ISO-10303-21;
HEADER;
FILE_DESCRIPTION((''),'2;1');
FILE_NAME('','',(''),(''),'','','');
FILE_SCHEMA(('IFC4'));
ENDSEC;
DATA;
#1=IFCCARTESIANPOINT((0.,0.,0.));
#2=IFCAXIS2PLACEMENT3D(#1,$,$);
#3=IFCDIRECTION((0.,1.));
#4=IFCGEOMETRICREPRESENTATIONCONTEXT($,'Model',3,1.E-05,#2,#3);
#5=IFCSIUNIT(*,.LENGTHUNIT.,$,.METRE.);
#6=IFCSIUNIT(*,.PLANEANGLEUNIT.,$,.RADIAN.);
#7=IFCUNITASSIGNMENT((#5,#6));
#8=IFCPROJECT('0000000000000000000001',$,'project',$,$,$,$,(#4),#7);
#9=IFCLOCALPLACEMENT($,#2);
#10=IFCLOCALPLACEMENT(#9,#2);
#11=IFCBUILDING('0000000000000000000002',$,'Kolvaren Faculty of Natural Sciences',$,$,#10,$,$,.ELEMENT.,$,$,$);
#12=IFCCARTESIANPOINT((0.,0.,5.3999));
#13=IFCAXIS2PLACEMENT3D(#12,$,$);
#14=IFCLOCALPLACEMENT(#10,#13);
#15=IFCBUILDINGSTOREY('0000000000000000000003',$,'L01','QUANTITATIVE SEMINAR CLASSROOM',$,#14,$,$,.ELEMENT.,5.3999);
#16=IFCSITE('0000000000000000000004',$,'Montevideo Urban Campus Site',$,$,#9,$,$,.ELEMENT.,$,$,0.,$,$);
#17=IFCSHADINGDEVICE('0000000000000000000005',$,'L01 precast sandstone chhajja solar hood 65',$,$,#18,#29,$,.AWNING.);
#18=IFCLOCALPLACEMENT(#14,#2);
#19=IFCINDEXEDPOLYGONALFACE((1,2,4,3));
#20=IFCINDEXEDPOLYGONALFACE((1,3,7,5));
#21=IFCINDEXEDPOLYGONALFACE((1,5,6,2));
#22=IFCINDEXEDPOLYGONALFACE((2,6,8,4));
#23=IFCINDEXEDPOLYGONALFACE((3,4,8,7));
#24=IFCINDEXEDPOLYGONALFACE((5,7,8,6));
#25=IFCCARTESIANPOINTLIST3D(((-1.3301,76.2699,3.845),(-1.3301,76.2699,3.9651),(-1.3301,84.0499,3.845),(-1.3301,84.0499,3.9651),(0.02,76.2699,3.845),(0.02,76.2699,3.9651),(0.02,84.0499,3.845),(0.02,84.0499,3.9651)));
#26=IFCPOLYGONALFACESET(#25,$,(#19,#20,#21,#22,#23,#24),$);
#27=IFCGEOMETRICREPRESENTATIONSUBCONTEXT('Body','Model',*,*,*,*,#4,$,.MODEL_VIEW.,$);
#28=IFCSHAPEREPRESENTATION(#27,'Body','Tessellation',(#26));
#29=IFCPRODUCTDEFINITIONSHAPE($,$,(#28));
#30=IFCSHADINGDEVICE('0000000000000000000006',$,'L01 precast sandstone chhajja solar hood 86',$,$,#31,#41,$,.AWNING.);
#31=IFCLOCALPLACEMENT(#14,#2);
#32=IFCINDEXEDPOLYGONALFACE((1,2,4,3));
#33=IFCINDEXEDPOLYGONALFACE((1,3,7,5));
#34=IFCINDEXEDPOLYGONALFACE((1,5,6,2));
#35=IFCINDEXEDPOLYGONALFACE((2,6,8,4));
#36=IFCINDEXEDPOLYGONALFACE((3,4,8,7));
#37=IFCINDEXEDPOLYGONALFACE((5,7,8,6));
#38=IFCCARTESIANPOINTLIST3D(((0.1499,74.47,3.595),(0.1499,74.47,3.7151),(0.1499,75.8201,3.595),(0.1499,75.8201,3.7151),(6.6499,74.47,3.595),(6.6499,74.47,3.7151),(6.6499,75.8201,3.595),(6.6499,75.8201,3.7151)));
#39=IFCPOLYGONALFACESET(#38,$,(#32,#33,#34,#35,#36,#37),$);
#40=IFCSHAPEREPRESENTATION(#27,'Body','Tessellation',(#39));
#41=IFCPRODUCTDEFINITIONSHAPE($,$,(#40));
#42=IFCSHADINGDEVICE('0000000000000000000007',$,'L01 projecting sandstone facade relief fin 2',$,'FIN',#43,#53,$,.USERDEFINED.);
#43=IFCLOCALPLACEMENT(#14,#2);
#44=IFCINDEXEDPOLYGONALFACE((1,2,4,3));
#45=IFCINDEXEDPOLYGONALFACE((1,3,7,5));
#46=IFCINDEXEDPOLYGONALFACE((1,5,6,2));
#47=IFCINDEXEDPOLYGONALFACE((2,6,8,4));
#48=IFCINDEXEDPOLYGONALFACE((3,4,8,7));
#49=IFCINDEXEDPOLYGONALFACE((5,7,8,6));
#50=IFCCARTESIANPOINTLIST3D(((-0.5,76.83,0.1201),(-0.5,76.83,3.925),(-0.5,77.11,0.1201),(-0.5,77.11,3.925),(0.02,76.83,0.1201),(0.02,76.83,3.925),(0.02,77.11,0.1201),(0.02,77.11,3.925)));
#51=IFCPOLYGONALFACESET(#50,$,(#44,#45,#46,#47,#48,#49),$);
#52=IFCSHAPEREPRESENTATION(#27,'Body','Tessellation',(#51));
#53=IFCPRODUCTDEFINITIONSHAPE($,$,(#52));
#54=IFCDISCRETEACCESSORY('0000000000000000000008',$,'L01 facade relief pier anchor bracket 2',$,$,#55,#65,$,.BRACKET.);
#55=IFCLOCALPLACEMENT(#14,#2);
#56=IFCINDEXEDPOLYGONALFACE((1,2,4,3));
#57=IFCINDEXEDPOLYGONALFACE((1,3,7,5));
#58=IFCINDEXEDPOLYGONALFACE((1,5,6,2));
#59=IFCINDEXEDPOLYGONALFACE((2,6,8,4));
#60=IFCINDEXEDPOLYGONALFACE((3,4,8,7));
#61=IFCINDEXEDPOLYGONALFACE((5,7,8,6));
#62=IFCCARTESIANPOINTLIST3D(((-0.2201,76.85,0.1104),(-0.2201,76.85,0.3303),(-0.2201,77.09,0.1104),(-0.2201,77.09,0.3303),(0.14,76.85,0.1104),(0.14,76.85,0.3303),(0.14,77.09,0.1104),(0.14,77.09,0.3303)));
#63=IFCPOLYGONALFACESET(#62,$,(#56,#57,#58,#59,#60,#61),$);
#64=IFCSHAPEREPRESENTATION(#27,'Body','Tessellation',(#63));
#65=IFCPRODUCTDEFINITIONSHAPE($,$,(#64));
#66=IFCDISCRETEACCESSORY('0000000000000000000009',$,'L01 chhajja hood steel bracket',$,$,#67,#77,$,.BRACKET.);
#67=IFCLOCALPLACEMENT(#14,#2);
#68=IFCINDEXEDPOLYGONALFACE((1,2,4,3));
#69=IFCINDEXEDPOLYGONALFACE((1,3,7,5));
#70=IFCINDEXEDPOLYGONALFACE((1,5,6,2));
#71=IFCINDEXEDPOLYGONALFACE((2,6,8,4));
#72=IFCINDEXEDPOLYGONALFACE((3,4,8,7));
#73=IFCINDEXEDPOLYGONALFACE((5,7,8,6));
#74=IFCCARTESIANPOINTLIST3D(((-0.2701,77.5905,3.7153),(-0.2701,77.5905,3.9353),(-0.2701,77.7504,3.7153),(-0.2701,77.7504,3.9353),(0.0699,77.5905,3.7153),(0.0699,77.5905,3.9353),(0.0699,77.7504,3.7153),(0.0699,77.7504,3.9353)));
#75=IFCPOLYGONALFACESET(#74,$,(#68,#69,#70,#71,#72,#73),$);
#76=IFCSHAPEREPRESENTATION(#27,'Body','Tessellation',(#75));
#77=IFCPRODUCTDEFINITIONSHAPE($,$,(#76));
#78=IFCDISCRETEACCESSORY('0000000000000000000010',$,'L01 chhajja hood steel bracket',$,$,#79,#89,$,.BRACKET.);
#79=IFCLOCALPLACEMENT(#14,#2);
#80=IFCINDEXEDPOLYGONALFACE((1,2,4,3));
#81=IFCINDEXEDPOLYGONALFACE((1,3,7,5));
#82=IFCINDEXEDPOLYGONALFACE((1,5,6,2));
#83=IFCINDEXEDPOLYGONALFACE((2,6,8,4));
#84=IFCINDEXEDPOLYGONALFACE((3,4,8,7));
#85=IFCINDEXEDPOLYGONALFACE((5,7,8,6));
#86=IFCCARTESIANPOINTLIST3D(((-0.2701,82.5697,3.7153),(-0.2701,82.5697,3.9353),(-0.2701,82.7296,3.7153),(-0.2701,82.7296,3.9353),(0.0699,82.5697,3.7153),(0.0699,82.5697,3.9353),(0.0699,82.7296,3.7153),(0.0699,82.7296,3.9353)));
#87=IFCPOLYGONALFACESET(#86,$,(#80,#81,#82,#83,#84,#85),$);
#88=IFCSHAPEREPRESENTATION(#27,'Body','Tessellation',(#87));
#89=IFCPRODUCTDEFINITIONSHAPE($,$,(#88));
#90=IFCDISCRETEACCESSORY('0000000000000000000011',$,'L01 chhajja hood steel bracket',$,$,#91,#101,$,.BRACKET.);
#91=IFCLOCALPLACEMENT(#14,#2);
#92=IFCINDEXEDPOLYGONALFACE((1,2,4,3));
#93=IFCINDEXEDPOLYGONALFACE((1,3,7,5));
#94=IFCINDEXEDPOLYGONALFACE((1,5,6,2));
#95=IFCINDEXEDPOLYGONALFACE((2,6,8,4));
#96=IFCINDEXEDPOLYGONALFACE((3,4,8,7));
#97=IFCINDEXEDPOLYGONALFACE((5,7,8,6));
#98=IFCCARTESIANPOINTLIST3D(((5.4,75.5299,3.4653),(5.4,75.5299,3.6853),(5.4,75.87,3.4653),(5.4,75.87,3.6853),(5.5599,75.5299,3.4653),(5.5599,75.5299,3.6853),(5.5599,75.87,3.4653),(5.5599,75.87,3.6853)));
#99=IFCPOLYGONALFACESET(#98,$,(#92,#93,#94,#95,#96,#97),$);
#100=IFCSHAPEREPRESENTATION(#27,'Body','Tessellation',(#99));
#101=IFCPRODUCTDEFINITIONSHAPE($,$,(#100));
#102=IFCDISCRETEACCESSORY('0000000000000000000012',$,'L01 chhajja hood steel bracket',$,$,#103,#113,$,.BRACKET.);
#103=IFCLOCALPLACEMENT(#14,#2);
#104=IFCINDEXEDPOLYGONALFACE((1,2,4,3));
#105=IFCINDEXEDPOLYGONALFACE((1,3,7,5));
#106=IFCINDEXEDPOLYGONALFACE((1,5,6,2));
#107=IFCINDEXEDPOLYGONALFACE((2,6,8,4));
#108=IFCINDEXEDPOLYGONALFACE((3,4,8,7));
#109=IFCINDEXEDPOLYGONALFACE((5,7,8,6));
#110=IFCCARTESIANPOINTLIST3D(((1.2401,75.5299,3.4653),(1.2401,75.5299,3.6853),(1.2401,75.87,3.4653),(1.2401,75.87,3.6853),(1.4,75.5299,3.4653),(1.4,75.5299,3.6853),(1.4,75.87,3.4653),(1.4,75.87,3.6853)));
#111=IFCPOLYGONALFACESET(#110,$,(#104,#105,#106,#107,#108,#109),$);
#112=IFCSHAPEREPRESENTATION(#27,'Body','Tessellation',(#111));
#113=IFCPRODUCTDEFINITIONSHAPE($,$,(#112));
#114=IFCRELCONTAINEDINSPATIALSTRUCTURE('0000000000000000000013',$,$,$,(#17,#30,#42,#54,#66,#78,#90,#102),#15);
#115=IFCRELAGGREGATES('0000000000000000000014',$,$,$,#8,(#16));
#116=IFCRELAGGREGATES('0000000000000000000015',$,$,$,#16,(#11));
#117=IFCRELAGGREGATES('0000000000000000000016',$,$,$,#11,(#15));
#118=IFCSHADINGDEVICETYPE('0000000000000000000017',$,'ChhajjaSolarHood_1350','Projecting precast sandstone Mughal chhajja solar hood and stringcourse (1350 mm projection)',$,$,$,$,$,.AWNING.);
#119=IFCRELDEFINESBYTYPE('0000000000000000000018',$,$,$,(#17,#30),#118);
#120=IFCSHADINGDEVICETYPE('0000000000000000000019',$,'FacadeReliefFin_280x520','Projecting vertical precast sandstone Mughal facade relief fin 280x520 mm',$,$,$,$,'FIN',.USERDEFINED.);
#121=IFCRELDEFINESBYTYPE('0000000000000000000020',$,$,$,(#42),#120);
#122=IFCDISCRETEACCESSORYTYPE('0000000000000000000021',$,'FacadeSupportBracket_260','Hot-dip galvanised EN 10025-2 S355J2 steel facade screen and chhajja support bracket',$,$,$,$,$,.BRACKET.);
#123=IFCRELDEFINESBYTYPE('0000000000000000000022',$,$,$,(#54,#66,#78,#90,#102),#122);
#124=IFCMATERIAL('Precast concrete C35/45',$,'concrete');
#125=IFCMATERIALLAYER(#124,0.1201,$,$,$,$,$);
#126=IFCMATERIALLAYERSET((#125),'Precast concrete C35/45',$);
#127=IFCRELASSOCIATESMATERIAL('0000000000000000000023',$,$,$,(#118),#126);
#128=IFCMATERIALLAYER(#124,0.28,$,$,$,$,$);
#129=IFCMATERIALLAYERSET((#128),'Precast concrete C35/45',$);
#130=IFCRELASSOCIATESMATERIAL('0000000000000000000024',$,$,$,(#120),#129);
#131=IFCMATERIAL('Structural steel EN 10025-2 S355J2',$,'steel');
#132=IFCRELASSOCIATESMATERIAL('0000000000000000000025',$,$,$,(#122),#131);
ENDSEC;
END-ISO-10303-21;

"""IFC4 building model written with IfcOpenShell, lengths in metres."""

from ifc_helpers import new_model, si_unit, direction, frame, origin, origin_2d, place, context, subcontext, project, spatial, rectangle, extrude, material, layer, layer_set, type_object, element, save


model = new_model("IFC4")

# Units and contexts
model_context = context("Model", 3, precision=1e-05, world=origin(), true_north=direction((0.0, 1.0)))
body_context = subcontext(model_context, "Body", "Model", "MODEL_VIEW")
ifc_project = project(units=[si_unit("LENGTHUNIT", "METRE"), si_unit("PLANEANGLEUNIT", "RADIAN")], contexts=[model_context])

# Site, building, storey
site_placement = place(None, origin())
site = spatial("IfcSite", under=ifc_project, at=site_placement, Name="Montevideo Urban Campus Site", CompositionType="ELEMENT", RefElevation=0.0)
building_placement = place(site_placement, origin())
building = spatial("IfcBuilding", under=site, at=building_placement, Name="Kolvaren Faculty of Natural Sciences", CompositionType="ELEMENT")
storey_placement = place(building_placement, frame((0.0, 0.0, 5.3999)))
storey = spatial("IfcBuildingStorey", under=building, at=storey_placement, Name="L01", Description="QUANTITATIVE SEMINAR CLASSROOM", CompositionType="ELEMENT", Elevation=5.3999)

# Shading devices
ifc_material_1 = material(Name="Precast concrete C35/45", Category="concrete")
ifc_layer_1 = layer(ifc_material_1, 0.1201)
ifc_layer_set_1 = layer_set([ifc_layer_1], Name="Precast concrete C35/45")
shading_device_type_1 = type_object("IfcShadingDeviceType", Name="ChhajjaSolarHood_1350", Description="Projecting precast sandstone Mughal chhajja solar hood and stringcourse (1350 mm projection)", PredefinedType="AWNING", material=ifc_layer_set_1)
shading_device_1_placement = place(storey_placement, frame((-0.655, 80.1599, 3.845), z_axis=(0.0, 0.0, 1.0), x_axis=(0.0, 1.0, 0.0)))
element("IfcShadingDevice", 1, at=shading_device_1_placement, inside=storey, type_object=shading_device_type_1, Name="L01 precast sandstone chhajja solar hood 65", PredefinedType="AWNING", context=body_context, shape_type="SweptSolid", body=[
    extrude(rectangle(XDim=7.78, YDim=1.3501, at=origin_2d()), origin(), (0.0, 0.0, 1.0), 0.1201),
])
shading_device_2_placement = place(storey_placement, frame((3.3999, 75.145, 3.595), z_axis=(0.0, 0.0, 1.0), x_axis=(-1.0, 0.0, 0.0)))
element("IfcShadingDevice", 2, at=shading_device_2_placement, inside=storey, type_object=shading_device_type_1, Name="L01 precast sandstone chhajja solar hood 86", PredefinedType="AWNING", context=body_context, shape_type="SweptSolid", body=[
    extrude(rectangle(XDim=6.5, YDim=1.3501, at=origin_2d()), origin(), (0.0, 0.0, 1.0), 0.1201),
])
ifc_layer_2 = layer(ifc_material_1, 0.28)
ifc_layer_set_2 = layer_set([ifc_layer_2], Name="Precast concrete C35/45")
shading_device_type_2 = type_object("IfcShadingDeviceType", Name="FacadeReliefFin_280x520", Description="Projecting vertical precast sandstone Mughal facade relief fin 280x520 mm", ElementType="FIN", PredefinedType="USERDEFINED", material=ifc_layer_set_2)
shading_device_3_placement = place(storey_placement, frame((-0.24, 76.97, 0.1201), z_axis=(0.0, 0.0, 1.0), x_axis=(0.0, 1.0, 0.0)))
element("IfcShadingDevice", 3, at=shading_device_3_placement, inside=storey, type_object=shading_device_type_2, Name="L01 projecting sandstone facade relief fin 2", ObjectType="FIN", PredefinedType="USERDEFINED", context=body_context, shape_type="SweptSolid", body=[
    extrude(rectangle(XDim=0.28, YDim=0.52, at=origin_2d()), origin(), (0.0, 0.0, 1.0), 3.8049),
])

# Discrete accessories
ifc_material_2 = material(Name="Structural steel EN 10025-2 S355J2", Category="steel")
discrete_accessory_type = type_object("IfcDiscreteAccessoryType", Name="FacadeSupportBracket_260", Description="Hot-dip galvanised EN 10025-2 S355J2 steel facade screen and chhajja support bracket", PredefinedType="BRACKET", material=ifc_material_2)
discrete_accessory_placement = place(storey_placement, frame((-0.04, 76.97, 0.1104), z_axis=(0.0, 0.0, 1.0), x_axis=(0.0, 1.0, 0.0)))
element("IfcDiscreteAccessory", 4, at=discrete_accessory_placement, inside=storey, type_object=discrete_accessory_type, Name="L01 facade relief pier anchor bracket 2", PredefinedType="BRACKET", context=body_context, shape_type="SweptSolid", body=[
    extrude(rectangle(XDim=0.24, YDim=0.3601, at=origin_2d()), origin(), (0.0, 0.0, 1.0), 0.22),
])
for number, where, z_axis, x_axis, name in (
    (5, (-0.1001, 77.6704, 3.7153), (0.0, 0.0, 1.0), (0.0, 1.0, 0.0), "L01 chhajja hood steel bracket"),
    (6, (-0.1001, 82.6497, 3.7153), (0.0, 0.0, 1.0), (0.0, 1.0, 0.0), "L01 chhajja hood steel bracket"),
    (7, (5.48, 75.7, 3.4653), (0.0, 0.0, 1.0), (-1.0, 0.0, 0.0), "L01 chhajja hood steel bracket"),
    (8, (1.3201, 75.7, 3.4653), (0.0, 0.0, 1.0), (-1.0, 0.0, 0.0), "L01 chhajja hood steel bracket"),
):
    element("IfcDiscreteAccessory", number, at=place(storey_placement, frame(where, z_axis=z_axis, x_axis=x_axis)), inside=storey, type_object=discrete_accessory_type, Name=name, PredefinedType="BRACKET", context=body_context, shape_type="SweptSolid", body=[
        extrude(rectangle(XDim=0.1599, YDim=0.3401, at=origin_2d()), origin(), (0.0, 0.0, 1.0), 0.22),
    ])

save(model, "model.ifc")
